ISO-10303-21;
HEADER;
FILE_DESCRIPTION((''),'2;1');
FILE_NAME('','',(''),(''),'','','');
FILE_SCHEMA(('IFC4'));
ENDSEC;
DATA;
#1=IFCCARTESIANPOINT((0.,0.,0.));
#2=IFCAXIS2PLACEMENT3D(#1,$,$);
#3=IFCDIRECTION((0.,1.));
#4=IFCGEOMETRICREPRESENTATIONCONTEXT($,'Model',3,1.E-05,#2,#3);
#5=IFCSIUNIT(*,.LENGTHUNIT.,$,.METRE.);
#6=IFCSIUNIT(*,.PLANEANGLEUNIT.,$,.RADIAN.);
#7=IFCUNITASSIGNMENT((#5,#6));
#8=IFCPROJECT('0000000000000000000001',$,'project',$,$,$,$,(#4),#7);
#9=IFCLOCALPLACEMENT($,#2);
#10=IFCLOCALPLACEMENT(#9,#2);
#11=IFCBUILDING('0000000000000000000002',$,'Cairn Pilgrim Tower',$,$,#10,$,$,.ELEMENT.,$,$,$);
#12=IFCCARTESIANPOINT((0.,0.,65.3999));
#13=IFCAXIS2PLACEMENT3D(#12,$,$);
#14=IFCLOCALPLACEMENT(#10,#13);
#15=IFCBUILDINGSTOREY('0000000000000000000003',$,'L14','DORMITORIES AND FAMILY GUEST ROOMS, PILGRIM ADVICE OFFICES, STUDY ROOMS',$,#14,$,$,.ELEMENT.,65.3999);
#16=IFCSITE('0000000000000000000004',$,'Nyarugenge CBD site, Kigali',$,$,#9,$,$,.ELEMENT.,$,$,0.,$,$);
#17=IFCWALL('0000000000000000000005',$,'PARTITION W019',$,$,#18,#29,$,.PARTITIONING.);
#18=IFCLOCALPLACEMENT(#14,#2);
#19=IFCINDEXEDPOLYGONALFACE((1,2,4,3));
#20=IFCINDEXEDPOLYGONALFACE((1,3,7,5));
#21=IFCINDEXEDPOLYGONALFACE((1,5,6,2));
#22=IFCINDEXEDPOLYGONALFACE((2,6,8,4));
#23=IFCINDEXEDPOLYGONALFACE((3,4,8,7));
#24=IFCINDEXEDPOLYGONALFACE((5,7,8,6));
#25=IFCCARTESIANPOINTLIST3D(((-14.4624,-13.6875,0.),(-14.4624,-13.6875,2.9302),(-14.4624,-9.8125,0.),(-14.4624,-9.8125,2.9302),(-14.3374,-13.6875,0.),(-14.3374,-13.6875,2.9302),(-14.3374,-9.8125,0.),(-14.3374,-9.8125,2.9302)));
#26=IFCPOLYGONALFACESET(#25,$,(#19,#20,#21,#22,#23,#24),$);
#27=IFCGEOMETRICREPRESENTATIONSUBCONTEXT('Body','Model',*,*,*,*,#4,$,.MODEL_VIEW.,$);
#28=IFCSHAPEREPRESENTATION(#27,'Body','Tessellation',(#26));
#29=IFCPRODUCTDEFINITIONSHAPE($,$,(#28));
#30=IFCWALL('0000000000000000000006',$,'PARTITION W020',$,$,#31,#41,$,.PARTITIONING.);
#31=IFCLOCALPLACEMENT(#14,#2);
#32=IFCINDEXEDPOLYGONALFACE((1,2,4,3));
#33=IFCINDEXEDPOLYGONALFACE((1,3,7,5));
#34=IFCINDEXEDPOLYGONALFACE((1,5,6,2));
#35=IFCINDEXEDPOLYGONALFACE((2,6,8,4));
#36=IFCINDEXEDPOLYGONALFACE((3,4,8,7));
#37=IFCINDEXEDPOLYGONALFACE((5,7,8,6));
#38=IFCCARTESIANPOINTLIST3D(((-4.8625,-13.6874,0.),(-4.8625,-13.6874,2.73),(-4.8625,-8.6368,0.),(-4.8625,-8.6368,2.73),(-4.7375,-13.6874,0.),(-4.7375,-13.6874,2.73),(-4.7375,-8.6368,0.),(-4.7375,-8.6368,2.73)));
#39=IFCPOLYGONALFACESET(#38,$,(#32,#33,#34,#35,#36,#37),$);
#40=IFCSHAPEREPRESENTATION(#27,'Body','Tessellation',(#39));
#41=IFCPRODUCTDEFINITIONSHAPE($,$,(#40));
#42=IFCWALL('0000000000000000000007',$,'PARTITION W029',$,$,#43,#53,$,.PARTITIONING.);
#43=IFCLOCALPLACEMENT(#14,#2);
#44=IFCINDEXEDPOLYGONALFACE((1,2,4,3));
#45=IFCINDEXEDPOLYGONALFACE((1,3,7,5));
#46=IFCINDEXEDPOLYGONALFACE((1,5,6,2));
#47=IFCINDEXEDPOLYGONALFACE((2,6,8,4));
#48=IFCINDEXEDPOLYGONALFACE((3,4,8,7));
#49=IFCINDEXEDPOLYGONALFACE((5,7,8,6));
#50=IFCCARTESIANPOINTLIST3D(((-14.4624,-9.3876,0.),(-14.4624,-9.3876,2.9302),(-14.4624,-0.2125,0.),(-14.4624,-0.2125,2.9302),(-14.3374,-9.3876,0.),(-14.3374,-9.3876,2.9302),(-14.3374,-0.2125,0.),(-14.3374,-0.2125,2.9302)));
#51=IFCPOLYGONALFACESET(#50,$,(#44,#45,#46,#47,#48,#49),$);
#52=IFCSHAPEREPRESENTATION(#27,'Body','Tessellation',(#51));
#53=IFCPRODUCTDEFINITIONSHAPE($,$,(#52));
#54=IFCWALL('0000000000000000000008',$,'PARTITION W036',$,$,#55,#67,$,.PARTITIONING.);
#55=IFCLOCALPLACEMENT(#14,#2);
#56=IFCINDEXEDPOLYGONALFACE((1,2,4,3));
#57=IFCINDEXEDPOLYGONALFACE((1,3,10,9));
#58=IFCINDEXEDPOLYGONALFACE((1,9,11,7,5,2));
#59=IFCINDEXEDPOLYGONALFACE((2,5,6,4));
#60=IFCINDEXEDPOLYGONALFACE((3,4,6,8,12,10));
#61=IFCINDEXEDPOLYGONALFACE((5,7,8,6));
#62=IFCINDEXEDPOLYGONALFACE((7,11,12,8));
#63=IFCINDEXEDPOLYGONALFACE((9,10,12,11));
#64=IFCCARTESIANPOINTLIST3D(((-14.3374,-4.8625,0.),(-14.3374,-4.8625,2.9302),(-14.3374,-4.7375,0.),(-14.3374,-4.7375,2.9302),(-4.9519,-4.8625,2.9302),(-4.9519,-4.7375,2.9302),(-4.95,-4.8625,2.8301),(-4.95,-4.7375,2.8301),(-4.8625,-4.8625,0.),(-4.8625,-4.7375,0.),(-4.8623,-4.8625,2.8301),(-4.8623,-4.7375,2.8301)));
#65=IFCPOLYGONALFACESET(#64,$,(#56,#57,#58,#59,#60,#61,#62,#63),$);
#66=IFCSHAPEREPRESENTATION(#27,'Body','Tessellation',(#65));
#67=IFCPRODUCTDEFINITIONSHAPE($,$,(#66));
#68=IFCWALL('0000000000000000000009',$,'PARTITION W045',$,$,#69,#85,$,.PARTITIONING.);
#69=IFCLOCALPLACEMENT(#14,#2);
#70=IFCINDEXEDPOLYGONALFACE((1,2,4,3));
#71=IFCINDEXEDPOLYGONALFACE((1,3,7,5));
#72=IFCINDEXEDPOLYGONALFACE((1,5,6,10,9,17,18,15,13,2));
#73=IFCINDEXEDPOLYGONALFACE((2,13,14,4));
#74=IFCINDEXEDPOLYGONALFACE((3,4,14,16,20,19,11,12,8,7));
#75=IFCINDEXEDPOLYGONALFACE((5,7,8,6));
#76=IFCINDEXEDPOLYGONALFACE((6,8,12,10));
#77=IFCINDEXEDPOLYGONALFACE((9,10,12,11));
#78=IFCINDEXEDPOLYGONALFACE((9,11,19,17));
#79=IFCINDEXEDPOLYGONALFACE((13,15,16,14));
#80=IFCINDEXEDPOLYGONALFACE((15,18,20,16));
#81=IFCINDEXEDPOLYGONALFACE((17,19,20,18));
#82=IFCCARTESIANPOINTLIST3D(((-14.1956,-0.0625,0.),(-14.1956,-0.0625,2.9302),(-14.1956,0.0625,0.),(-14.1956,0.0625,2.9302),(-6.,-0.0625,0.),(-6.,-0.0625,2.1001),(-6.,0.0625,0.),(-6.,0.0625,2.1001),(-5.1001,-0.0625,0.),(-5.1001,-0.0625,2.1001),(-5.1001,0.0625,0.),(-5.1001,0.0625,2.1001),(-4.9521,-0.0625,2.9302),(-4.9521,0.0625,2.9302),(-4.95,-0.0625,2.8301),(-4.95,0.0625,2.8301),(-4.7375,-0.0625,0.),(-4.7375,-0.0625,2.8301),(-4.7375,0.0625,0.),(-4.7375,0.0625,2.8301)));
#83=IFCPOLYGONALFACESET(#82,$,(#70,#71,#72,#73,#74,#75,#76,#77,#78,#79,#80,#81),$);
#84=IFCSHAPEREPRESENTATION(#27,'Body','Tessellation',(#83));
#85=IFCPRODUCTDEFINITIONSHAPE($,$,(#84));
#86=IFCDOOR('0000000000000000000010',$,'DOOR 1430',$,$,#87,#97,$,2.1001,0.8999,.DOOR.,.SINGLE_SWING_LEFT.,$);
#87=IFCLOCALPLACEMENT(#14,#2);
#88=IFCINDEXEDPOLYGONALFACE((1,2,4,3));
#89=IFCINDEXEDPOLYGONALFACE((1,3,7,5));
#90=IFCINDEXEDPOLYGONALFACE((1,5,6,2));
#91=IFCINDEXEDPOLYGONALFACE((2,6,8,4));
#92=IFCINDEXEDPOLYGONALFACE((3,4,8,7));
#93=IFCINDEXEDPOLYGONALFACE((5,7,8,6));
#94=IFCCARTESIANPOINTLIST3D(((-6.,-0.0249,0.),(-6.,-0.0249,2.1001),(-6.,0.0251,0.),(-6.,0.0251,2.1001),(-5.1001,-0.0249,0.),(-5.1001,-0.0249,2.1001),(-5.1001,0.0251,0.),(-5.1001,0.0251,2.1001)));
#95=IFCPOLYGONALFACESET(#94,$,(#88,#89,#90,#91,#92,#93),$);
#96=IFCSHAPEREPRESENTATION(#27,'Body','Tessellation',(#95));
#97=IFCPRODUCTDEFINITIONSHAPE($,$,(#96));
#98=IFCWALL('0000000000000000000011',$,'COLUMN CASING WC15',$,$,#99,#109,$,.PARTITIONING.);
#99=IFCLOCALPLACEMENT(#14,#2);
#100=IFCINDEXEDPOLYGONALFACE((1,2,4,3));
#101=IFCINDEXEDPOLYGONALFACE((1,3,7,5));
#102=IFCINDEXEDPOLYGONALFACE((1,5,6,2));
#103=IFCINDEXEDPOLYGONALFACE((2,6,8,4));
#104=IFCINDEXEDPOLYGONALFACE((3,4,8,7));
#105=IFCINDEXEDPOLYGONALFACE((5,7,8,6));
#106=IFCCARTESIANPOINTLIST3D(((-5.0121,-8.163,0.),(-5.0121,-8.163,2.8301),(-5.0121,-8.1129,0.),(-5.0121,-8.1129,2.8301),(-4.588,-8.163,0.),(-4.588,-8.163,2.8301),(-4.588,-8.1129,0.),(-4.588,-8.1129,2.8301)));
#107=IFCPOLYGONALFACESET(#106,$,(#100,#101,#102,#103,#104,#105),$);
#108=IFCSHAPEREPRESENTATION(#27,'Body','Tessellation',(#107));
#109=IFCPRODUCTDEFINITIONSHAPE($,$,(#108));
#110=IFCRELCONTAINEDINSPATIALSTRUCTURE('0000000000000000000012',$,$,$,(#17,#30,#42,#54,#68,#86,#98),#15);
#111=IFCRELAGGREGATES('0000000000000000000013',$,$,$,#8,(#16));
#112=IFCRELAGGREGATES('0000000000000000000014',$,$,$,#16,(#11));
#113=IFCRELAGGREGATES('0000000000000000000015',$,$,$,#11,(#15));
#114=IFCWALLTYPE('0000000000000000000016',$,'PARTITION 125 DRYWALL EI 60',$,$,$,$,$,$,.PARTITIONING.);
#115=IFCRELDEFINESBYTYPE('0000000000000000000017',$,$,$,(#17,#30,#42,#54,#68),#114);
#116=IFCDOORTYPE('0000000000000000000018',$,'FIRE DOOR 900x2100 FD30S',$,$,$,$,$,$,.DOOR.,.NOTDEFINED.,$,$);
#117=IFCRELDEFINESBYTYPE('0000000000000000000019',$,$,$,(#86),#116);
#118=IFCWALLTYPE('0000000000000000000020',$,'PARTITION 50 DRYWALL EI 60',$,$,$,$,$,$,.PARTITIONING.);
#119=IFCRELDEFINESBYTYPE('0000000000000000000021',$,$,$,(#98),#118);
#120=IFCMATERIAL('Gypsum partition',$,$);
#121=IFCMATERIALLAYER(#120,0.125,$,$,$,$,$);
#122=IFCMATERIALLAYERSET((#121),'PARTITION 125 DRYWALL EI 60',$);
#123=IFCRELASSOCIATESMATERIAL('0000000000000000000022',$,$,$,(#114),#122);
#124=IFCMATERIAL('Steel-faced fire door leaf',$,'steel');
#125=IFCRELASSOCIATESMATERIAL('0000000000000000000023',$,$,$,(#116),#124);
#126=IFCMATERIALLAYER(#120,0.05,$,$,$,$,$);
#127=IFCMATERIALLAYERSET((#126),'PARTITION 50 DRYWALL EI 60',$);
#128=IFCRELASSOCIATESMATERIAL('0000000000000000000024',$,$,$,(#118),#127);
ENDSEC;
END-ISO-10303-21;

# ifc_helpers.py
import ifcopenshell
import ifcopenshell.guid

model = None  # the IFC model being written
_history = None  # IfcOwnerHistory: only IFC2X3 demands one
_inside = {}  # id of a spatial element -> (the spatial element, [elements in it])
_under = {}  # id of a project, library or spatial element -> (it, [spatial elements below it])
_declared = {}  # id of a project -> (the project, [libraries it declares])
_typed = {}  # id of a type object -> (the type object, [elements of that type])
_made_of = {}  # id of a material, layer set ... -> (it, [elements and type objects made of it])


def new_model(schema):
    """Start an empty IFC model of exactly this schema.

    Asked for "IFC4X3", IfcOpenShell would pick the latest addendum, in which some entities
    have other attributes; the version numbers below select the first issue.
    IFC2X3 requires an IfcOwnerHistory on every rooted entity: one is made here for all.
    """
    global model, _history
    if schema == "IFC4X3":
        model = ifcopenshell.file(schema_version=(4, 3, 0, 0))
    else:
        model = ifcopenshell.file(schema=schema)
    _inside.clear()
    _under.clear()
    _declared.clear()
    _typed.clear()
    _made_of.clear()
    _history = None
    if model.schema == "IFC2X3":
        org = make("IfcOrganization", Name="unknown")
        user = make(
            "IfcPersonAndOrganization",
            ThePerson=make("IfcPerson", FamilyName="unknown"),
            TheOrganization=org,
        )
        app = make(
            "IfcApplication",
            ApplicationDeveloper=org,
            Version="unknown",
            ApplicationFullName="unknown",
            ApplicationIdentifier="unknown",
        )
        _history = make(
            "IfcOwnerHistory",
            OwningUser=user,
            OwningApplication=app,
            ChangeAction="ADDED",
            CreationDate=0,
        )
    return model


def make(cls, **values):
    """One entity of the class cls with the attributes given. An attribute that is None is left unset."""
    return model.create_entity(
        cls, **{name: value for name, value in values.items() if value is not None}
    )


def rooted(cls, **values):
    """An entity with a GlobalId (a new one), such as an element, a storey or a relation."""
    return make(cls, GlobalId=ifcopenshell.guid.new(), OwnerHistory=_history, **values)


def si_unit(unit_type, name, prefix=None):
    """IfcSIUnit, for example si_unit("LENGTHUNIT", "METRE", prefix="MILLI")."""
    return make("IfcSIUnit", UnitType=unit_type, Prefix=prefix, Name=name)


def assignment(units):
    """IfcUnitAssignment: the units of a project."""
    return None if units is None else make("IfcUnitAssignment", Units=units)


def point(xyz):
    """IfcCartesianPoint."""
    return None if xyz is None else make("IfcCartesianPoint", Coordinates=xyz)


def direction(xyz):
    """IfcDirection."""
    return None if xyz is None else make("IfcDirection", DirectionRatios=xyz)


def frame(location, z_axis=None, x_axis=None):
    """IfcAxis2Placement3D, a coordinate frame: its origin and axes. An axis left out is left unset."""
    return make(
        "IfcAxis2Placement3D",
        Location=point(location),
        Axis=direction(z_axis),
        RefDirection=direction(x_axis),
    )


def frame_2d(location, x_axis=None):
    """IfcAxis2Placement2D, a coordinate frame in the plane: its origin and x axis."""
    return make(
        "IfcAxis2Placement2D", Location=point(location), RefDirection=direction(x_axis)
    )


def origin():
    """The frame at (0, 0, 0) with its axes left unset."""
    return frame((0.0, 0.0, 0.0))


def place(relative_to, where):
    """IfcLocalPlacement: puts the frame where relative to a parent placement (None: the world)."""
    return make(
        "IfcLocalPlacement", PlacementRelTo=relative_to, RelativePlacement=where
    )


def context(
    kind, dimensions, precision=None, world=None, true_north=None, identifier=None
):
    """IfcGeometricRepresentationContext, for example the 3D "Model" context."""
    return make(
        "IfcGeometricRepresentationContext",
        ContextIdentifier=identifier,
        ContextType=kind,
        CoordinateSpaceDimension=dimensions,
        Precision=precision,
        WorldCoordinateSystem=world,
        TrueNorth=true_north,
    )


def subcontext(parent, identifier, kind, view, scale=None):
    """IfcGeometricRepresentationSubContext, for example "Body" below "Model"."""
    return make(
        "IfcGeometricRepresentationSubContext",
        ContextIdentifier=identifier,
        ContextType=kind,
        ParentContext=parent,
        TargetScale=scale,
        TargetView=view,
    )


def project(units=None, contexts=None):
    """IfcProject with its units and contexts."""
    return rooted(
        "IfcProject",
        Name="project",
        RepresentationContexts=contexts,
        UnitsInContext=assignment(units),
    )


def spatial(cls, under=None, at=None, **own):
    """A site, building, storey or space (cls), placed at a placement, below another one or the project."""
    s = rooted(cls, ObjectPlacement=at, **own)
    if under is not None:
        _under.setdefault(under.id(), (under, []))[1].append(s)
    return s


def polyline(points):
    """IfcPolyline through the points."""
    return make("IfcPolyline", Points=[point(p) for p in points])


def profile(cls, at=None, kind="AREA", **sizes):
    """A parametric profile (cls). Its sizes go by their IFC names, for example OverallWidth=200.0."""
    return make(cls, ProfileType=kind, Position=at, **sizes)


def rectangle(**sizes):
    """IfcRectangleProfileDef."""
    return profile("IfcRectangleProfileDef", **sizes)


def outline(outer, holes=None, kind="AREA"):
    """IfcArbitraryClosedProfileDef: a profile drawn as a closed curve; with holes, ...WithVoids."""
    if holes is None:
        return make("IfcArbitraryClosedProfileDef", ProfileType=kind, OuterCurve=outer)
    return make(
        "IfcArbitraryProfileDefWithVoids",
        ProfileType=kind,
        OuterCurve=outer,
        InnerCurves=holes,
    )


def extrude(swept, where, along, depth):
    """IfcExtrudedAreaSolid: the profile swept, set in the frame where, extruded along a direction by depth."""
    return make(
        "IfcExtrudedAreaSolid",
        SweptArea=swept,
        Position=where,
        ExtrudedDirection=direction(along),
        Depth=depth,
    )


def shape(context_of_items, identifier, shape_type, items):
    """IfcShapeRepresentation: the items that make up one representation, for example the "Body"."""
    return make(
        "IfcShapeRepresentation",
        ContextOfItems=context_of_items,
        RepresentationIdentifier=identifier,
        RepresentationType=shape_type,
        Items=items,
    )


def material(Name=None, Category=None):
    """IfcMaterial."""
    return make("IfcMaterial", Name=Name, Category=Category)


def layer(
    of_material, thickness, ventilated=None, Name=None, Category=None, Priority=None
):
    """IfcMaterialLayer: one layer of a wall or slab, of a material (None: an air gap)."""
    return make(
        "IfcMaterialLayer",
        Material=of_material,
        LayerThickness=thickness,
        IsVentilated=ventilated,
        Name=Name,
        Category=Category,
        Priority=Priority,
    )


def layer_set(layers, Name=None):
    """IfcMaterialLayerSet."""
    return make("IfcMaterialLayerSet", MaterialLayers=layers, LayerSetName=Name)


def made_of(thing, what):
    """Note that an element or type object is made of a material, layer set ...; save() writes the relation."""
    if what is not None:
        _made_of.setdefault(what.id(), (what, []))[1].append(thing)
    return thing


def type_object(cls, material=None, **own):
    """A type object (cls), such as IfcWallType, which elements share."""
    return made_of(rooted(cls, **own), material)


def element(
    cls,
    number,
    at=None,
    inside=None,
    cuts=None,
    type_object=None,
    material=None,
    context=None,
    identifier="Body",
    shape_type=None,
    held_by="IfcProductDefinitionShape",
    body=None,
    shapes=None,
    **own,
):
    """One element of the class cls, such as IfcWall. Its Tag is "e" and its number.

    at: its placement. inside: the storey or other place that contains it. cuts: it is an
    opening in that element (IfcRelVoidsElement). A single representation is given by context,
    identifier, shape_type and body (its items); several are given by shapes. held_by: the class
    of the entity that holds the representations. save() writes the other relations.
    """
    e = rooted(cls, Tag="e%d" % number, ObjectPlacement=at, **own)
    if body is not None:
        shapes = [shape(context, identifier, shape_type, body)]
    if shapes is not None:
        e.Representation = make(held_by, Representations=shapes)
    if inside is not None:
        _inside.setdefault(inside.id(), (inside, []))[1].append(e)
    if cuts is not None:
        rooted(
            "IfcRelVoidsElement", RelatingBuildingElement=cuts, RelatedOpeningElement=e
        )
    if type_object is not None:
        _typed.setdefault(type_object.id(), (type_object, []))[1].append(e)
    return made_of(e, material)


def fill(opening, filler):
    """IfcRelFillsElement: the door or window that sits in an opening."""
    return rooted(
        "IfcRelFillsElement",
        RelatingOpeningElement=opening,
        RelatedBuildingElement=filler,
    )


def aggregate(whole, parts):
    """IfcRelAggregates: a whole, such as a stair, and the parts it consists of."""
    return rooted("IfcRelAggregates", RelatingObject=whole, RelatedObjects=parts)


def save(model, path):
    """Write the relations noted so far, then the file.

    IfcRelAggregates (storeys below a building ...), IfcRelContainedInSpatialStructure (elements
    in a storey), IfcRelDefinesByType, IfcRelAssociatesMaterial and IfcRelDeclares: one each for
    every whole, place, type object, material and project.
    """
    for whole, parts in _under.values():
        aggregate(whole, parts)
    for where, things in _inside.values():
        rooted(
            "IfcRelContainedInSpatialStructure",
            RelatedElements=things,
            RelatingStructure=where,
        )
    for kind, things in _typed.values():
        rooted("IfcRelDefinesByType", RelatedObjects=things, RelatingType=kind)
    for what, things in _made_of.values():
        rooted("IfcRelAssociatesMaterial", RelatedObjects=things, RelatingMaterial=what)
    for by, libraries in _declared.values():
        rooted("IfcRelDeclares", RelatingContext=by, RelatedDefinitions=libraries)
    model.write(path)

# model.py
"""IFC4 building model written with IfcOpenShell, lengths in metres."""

from ifc_helpers import new_model, si_unit, direction, frame, frame_2d, origin, place, context, subcontext, project, spatial, polyline, rectangle, outline, extrude, material, layer, layer_set, type_object, element, fill, save


model = new_model("IFC4")

# Units and contexts
model_context = context("Model", 3, precision=1e-05, world=origin(), true_north=direction((0.0, 1.0)))
body_context = subcontext(model_context, "Body", "Model", "MODEL_VIEW")
ifc_project = project(units=[si_unit("LENGTHUNIT", "METRE"), si_unit("PLANEANGLEUNIT", "RADIAN")], contexts=[model_context])

# Site, building, storey
site_placement = place(None, origin())
site = spatial("IfcSite", under=ifc_project, at=site_placement, Name="Nyarugenge CBD site, Kigali", CompositionType="ELEMENT", RefElevation=0.0)
building_placement = place(site_placement, origin())
building = spatial("IfcBuilding", under=site, at=building_placement, Name="Cairn Pilgrim Tower", CompositionType="ELEMENT")
storey_placement = place(building_placement, frame((0.0, 0.0, 65.3999)))
storey = spatial("IfcBuildingStorey", under=building, at=storey_placement, Name="L14", Description="DORMITORIES AND FAMILY GUEST ROOMS, PILGRIM ADVICE OFFICES, STUDY ROOMS", CompositionType="ELEMENT", Elevation=65.3999)

# Walls
ifc_material_1 = material(Name="Gypsum partition")
ifc_layer_1 = layer(ifc_material_1, 0.125)
ifc_layer_set_1 = layer_set([ifc_layer_1], Name="PARTITION 125 DRYWALL EI 60")
wall_type_1 = type_object("IfcWallType", Name="PARTITION 125 DRYWALL EI 60", PredefinedType="PARTITIONING", material=ifc_layer_set_1)
wall_1_placement = place(storey_placement, frame((-14.3999, -13.6875, 0.0), z_axis=(0.0, 0.0, 1.0), x_axis=(0.0, 1.0, 0.0)))
element("IfcWall", 1, at=wall_1_placement, inside=storey, type_object=wall_type_1, Name="PARTITION W019", PredefinedType="PARTITIONING", context=body_context, shape_type="SweptSolid", body=[
    extrude(rectangle(XDim=3.875, YDim=0.125, at=frame_2d((1.9375, 0.0))), origin(), (0.0, 0.0, 1.0), 2.9302),
])
wall_2_placement = place(storey_placement, frame((-4.8, -13.6875, 0.0), z_axis=(0.0, 0.0, 1.0), x_axis=(0.0, 1.0, 0.0)))
element("IfcWall", 2, at=wall_2_placement, inside=storey, type_object=wall_type_1, Name="PARTITION W020", PredefinedType="PARTITIONING", context=body_context, shape_type="SweptSolid", body=[
    extrude(rectangle(XDim=5.0505, YDim=0.125, at=frame_2d((2.5254, 0.0))), origin(), (0.0, 0.0, 1.0), 2.73),
])
wall_3_placement = place(storey_placement, frame((-14.3999, -9.3875, 0.0), z_axis=(0.0, 0.0, 1.0), x_axis=(0.0, 1.0, 0.0)))
element("IfcWall", 3, at=wall_3_placement, inside=storey, type_object=wall_type_1, Name="PARTITION W029", PredefinedType="PARTITIONING", context=body_context, shape_type="SweptSolid", body=[
    extrude(rectangle(XDim=9.175, YDim=0.125, at=frame_2d((4.5874, 0.0))), origin(), (0.0, 0.0, 1.0), 2.9302),
])
wall_4_placement = place(storey_placement, frame((-14.3374, -4.8, 0.0), z_axis=(0.0, 0.0, 1.0), x_axis=(1.0, 0.0, 0.0)))
element("IfcWall", 4, at=wall_4_placement, inside=storey, type_object=wall_type_1, Name="PARTITION W036", PredefinedType="PARTITIONING", context=body_context, shape_type="SweptSolid", body=[
    extrude(outline(polyline([(0.0, 0.0), (9.4749, 0.0), (9.4751, 2.8301), (9.3875, 2.8301), (9.3855, 2.9302), (0.0, 2.9302), (0.0, 0.0)])), frame((0.0, 0.0625, 0.0), z_axis=(0.0, -1.0, 0.0), x_axis=(1.0, 0.0, 0.0)), (0.0, 0.0, 1.0), 0.125),
])

# Wall, opening, door
wall_5_placement = place(storey_placement, frame((-14.1956, 0.0, 0.0), z_axis=(0.0, 0.0, 1.0), x_axis=(1.0, 0.0, 0.0)))
wall_5 = element("IfcWall", 5, at=wall_5_placement, inside=storey, type_object=wall_type_1, Name="PARTITION W045", PredefinedType="PARTITIONING", context=body_context, shape_type="SweptSolid", body=[
    extrude(outline(polyline([(0.0, 0.0), (9.458, 0.0), (9.458, 2.8301), (9.2456, 2.8301), (9.2434, 2.9302), (0.0, 2.9302), (0.0, 0.0)])), frame((0.0, 0.0625, 0.0), z_axis=(0.0, -1.0, 0.0), x_axis=(1.0, 0.0, 0.0)), (0.0, 0.0, 1.0), 0.125),
])
opening_placement = place(wall_5_placement, frame((8.1956, 0.0, 0.0)))
opening = element("IfcOpeningElement", 6, at=opening_placement, cuts=wall_5, PredefinedType="OPENING", context=body_context, shape_type="SweptSolid", body=[
    extrude(rectangle(XDim=0.8999, YDim=2.1001, at=frame_2d((0.45, 1.05))), frame((0.0, 0.0725, 0.0), z_axis=(0.0, -1.0, 0.0), x_axis=(1.0, 0.0, 0.0)), (0.0, 0.0, 1.0), 0.145),
])
ifc_material_2 = material(Name="Steel-faced fire door leaf", Category="steel")
door_type = type_object("IfcDoorType", Name="FIRE DOOR 900x2100 FD30S", OperationType="NOTDEFINED", PredefinedType="DOOR", material=ifc_material_2)
door_placement = place(opening_placement, frame((0.8999, 0.0, 0.0), z_axis=(0.0, 0.0, 1.0), x_axis=(-1.0, 0.0, 0.0)))
door = element("IfcDoor", 7, at=door_placement, inside=storey, type_object=door_type, Name="DOOR 1430", OperationType="SINGLE_SWING_LEFT", OverallHeight=2.1001, OverallWidth=0.8999, PredefinedType="DOOR", context=body_context, shape_type="SweptSolid", body=[
    extrude(rectangle(XDim=0.8999, YDim=2.1001, at=frame_2d((0.45, 1.05))), frame((0.0, 0.0249, 0.0), z_axis=(0.0, -1.0, 0.0), x_axis=(1.0, 0.0, 0.0)), (0.0, 0.0, 1.0), 0.05),
])
fill(opening, door)

# Wall
ifc_layer_2 = layer(ifc_material_1, 0.05)
ifc_layer_set_2 = layer_set([ifc_layer_2], Name="PARTITION 50 DRYWALL EI 60")
wall_type_2 = type_object("IfcWallType", Name="PARTITION 50 DRYWALL EI 60", PredefinedType="PARTITIONING", material=ifc_layer_set_2)
wall_6_placement = place(storey_placement, frame((-5.012, -8.1379, 0.0), z_axis=(0.0, 0.0, 1.0), x_axis=(1.0, 0.0, 0.0)))
element("IfcWall", 8, at=wall_6_placement, inside=storey, type_object=wall_type_2, Name="COLUMN CASING WC15", PredefinedType="PARTITIONING", context=body_context, shape_type="SweptSolid", body=[
    extrude(rectangle(XDim=0.4241, YDim=0.05, at=frame_2d((0.2119, 0.0))), origin(), (0.0, 0.0, 1.0), 2.8301),
])

save(model, "model.ifc")
